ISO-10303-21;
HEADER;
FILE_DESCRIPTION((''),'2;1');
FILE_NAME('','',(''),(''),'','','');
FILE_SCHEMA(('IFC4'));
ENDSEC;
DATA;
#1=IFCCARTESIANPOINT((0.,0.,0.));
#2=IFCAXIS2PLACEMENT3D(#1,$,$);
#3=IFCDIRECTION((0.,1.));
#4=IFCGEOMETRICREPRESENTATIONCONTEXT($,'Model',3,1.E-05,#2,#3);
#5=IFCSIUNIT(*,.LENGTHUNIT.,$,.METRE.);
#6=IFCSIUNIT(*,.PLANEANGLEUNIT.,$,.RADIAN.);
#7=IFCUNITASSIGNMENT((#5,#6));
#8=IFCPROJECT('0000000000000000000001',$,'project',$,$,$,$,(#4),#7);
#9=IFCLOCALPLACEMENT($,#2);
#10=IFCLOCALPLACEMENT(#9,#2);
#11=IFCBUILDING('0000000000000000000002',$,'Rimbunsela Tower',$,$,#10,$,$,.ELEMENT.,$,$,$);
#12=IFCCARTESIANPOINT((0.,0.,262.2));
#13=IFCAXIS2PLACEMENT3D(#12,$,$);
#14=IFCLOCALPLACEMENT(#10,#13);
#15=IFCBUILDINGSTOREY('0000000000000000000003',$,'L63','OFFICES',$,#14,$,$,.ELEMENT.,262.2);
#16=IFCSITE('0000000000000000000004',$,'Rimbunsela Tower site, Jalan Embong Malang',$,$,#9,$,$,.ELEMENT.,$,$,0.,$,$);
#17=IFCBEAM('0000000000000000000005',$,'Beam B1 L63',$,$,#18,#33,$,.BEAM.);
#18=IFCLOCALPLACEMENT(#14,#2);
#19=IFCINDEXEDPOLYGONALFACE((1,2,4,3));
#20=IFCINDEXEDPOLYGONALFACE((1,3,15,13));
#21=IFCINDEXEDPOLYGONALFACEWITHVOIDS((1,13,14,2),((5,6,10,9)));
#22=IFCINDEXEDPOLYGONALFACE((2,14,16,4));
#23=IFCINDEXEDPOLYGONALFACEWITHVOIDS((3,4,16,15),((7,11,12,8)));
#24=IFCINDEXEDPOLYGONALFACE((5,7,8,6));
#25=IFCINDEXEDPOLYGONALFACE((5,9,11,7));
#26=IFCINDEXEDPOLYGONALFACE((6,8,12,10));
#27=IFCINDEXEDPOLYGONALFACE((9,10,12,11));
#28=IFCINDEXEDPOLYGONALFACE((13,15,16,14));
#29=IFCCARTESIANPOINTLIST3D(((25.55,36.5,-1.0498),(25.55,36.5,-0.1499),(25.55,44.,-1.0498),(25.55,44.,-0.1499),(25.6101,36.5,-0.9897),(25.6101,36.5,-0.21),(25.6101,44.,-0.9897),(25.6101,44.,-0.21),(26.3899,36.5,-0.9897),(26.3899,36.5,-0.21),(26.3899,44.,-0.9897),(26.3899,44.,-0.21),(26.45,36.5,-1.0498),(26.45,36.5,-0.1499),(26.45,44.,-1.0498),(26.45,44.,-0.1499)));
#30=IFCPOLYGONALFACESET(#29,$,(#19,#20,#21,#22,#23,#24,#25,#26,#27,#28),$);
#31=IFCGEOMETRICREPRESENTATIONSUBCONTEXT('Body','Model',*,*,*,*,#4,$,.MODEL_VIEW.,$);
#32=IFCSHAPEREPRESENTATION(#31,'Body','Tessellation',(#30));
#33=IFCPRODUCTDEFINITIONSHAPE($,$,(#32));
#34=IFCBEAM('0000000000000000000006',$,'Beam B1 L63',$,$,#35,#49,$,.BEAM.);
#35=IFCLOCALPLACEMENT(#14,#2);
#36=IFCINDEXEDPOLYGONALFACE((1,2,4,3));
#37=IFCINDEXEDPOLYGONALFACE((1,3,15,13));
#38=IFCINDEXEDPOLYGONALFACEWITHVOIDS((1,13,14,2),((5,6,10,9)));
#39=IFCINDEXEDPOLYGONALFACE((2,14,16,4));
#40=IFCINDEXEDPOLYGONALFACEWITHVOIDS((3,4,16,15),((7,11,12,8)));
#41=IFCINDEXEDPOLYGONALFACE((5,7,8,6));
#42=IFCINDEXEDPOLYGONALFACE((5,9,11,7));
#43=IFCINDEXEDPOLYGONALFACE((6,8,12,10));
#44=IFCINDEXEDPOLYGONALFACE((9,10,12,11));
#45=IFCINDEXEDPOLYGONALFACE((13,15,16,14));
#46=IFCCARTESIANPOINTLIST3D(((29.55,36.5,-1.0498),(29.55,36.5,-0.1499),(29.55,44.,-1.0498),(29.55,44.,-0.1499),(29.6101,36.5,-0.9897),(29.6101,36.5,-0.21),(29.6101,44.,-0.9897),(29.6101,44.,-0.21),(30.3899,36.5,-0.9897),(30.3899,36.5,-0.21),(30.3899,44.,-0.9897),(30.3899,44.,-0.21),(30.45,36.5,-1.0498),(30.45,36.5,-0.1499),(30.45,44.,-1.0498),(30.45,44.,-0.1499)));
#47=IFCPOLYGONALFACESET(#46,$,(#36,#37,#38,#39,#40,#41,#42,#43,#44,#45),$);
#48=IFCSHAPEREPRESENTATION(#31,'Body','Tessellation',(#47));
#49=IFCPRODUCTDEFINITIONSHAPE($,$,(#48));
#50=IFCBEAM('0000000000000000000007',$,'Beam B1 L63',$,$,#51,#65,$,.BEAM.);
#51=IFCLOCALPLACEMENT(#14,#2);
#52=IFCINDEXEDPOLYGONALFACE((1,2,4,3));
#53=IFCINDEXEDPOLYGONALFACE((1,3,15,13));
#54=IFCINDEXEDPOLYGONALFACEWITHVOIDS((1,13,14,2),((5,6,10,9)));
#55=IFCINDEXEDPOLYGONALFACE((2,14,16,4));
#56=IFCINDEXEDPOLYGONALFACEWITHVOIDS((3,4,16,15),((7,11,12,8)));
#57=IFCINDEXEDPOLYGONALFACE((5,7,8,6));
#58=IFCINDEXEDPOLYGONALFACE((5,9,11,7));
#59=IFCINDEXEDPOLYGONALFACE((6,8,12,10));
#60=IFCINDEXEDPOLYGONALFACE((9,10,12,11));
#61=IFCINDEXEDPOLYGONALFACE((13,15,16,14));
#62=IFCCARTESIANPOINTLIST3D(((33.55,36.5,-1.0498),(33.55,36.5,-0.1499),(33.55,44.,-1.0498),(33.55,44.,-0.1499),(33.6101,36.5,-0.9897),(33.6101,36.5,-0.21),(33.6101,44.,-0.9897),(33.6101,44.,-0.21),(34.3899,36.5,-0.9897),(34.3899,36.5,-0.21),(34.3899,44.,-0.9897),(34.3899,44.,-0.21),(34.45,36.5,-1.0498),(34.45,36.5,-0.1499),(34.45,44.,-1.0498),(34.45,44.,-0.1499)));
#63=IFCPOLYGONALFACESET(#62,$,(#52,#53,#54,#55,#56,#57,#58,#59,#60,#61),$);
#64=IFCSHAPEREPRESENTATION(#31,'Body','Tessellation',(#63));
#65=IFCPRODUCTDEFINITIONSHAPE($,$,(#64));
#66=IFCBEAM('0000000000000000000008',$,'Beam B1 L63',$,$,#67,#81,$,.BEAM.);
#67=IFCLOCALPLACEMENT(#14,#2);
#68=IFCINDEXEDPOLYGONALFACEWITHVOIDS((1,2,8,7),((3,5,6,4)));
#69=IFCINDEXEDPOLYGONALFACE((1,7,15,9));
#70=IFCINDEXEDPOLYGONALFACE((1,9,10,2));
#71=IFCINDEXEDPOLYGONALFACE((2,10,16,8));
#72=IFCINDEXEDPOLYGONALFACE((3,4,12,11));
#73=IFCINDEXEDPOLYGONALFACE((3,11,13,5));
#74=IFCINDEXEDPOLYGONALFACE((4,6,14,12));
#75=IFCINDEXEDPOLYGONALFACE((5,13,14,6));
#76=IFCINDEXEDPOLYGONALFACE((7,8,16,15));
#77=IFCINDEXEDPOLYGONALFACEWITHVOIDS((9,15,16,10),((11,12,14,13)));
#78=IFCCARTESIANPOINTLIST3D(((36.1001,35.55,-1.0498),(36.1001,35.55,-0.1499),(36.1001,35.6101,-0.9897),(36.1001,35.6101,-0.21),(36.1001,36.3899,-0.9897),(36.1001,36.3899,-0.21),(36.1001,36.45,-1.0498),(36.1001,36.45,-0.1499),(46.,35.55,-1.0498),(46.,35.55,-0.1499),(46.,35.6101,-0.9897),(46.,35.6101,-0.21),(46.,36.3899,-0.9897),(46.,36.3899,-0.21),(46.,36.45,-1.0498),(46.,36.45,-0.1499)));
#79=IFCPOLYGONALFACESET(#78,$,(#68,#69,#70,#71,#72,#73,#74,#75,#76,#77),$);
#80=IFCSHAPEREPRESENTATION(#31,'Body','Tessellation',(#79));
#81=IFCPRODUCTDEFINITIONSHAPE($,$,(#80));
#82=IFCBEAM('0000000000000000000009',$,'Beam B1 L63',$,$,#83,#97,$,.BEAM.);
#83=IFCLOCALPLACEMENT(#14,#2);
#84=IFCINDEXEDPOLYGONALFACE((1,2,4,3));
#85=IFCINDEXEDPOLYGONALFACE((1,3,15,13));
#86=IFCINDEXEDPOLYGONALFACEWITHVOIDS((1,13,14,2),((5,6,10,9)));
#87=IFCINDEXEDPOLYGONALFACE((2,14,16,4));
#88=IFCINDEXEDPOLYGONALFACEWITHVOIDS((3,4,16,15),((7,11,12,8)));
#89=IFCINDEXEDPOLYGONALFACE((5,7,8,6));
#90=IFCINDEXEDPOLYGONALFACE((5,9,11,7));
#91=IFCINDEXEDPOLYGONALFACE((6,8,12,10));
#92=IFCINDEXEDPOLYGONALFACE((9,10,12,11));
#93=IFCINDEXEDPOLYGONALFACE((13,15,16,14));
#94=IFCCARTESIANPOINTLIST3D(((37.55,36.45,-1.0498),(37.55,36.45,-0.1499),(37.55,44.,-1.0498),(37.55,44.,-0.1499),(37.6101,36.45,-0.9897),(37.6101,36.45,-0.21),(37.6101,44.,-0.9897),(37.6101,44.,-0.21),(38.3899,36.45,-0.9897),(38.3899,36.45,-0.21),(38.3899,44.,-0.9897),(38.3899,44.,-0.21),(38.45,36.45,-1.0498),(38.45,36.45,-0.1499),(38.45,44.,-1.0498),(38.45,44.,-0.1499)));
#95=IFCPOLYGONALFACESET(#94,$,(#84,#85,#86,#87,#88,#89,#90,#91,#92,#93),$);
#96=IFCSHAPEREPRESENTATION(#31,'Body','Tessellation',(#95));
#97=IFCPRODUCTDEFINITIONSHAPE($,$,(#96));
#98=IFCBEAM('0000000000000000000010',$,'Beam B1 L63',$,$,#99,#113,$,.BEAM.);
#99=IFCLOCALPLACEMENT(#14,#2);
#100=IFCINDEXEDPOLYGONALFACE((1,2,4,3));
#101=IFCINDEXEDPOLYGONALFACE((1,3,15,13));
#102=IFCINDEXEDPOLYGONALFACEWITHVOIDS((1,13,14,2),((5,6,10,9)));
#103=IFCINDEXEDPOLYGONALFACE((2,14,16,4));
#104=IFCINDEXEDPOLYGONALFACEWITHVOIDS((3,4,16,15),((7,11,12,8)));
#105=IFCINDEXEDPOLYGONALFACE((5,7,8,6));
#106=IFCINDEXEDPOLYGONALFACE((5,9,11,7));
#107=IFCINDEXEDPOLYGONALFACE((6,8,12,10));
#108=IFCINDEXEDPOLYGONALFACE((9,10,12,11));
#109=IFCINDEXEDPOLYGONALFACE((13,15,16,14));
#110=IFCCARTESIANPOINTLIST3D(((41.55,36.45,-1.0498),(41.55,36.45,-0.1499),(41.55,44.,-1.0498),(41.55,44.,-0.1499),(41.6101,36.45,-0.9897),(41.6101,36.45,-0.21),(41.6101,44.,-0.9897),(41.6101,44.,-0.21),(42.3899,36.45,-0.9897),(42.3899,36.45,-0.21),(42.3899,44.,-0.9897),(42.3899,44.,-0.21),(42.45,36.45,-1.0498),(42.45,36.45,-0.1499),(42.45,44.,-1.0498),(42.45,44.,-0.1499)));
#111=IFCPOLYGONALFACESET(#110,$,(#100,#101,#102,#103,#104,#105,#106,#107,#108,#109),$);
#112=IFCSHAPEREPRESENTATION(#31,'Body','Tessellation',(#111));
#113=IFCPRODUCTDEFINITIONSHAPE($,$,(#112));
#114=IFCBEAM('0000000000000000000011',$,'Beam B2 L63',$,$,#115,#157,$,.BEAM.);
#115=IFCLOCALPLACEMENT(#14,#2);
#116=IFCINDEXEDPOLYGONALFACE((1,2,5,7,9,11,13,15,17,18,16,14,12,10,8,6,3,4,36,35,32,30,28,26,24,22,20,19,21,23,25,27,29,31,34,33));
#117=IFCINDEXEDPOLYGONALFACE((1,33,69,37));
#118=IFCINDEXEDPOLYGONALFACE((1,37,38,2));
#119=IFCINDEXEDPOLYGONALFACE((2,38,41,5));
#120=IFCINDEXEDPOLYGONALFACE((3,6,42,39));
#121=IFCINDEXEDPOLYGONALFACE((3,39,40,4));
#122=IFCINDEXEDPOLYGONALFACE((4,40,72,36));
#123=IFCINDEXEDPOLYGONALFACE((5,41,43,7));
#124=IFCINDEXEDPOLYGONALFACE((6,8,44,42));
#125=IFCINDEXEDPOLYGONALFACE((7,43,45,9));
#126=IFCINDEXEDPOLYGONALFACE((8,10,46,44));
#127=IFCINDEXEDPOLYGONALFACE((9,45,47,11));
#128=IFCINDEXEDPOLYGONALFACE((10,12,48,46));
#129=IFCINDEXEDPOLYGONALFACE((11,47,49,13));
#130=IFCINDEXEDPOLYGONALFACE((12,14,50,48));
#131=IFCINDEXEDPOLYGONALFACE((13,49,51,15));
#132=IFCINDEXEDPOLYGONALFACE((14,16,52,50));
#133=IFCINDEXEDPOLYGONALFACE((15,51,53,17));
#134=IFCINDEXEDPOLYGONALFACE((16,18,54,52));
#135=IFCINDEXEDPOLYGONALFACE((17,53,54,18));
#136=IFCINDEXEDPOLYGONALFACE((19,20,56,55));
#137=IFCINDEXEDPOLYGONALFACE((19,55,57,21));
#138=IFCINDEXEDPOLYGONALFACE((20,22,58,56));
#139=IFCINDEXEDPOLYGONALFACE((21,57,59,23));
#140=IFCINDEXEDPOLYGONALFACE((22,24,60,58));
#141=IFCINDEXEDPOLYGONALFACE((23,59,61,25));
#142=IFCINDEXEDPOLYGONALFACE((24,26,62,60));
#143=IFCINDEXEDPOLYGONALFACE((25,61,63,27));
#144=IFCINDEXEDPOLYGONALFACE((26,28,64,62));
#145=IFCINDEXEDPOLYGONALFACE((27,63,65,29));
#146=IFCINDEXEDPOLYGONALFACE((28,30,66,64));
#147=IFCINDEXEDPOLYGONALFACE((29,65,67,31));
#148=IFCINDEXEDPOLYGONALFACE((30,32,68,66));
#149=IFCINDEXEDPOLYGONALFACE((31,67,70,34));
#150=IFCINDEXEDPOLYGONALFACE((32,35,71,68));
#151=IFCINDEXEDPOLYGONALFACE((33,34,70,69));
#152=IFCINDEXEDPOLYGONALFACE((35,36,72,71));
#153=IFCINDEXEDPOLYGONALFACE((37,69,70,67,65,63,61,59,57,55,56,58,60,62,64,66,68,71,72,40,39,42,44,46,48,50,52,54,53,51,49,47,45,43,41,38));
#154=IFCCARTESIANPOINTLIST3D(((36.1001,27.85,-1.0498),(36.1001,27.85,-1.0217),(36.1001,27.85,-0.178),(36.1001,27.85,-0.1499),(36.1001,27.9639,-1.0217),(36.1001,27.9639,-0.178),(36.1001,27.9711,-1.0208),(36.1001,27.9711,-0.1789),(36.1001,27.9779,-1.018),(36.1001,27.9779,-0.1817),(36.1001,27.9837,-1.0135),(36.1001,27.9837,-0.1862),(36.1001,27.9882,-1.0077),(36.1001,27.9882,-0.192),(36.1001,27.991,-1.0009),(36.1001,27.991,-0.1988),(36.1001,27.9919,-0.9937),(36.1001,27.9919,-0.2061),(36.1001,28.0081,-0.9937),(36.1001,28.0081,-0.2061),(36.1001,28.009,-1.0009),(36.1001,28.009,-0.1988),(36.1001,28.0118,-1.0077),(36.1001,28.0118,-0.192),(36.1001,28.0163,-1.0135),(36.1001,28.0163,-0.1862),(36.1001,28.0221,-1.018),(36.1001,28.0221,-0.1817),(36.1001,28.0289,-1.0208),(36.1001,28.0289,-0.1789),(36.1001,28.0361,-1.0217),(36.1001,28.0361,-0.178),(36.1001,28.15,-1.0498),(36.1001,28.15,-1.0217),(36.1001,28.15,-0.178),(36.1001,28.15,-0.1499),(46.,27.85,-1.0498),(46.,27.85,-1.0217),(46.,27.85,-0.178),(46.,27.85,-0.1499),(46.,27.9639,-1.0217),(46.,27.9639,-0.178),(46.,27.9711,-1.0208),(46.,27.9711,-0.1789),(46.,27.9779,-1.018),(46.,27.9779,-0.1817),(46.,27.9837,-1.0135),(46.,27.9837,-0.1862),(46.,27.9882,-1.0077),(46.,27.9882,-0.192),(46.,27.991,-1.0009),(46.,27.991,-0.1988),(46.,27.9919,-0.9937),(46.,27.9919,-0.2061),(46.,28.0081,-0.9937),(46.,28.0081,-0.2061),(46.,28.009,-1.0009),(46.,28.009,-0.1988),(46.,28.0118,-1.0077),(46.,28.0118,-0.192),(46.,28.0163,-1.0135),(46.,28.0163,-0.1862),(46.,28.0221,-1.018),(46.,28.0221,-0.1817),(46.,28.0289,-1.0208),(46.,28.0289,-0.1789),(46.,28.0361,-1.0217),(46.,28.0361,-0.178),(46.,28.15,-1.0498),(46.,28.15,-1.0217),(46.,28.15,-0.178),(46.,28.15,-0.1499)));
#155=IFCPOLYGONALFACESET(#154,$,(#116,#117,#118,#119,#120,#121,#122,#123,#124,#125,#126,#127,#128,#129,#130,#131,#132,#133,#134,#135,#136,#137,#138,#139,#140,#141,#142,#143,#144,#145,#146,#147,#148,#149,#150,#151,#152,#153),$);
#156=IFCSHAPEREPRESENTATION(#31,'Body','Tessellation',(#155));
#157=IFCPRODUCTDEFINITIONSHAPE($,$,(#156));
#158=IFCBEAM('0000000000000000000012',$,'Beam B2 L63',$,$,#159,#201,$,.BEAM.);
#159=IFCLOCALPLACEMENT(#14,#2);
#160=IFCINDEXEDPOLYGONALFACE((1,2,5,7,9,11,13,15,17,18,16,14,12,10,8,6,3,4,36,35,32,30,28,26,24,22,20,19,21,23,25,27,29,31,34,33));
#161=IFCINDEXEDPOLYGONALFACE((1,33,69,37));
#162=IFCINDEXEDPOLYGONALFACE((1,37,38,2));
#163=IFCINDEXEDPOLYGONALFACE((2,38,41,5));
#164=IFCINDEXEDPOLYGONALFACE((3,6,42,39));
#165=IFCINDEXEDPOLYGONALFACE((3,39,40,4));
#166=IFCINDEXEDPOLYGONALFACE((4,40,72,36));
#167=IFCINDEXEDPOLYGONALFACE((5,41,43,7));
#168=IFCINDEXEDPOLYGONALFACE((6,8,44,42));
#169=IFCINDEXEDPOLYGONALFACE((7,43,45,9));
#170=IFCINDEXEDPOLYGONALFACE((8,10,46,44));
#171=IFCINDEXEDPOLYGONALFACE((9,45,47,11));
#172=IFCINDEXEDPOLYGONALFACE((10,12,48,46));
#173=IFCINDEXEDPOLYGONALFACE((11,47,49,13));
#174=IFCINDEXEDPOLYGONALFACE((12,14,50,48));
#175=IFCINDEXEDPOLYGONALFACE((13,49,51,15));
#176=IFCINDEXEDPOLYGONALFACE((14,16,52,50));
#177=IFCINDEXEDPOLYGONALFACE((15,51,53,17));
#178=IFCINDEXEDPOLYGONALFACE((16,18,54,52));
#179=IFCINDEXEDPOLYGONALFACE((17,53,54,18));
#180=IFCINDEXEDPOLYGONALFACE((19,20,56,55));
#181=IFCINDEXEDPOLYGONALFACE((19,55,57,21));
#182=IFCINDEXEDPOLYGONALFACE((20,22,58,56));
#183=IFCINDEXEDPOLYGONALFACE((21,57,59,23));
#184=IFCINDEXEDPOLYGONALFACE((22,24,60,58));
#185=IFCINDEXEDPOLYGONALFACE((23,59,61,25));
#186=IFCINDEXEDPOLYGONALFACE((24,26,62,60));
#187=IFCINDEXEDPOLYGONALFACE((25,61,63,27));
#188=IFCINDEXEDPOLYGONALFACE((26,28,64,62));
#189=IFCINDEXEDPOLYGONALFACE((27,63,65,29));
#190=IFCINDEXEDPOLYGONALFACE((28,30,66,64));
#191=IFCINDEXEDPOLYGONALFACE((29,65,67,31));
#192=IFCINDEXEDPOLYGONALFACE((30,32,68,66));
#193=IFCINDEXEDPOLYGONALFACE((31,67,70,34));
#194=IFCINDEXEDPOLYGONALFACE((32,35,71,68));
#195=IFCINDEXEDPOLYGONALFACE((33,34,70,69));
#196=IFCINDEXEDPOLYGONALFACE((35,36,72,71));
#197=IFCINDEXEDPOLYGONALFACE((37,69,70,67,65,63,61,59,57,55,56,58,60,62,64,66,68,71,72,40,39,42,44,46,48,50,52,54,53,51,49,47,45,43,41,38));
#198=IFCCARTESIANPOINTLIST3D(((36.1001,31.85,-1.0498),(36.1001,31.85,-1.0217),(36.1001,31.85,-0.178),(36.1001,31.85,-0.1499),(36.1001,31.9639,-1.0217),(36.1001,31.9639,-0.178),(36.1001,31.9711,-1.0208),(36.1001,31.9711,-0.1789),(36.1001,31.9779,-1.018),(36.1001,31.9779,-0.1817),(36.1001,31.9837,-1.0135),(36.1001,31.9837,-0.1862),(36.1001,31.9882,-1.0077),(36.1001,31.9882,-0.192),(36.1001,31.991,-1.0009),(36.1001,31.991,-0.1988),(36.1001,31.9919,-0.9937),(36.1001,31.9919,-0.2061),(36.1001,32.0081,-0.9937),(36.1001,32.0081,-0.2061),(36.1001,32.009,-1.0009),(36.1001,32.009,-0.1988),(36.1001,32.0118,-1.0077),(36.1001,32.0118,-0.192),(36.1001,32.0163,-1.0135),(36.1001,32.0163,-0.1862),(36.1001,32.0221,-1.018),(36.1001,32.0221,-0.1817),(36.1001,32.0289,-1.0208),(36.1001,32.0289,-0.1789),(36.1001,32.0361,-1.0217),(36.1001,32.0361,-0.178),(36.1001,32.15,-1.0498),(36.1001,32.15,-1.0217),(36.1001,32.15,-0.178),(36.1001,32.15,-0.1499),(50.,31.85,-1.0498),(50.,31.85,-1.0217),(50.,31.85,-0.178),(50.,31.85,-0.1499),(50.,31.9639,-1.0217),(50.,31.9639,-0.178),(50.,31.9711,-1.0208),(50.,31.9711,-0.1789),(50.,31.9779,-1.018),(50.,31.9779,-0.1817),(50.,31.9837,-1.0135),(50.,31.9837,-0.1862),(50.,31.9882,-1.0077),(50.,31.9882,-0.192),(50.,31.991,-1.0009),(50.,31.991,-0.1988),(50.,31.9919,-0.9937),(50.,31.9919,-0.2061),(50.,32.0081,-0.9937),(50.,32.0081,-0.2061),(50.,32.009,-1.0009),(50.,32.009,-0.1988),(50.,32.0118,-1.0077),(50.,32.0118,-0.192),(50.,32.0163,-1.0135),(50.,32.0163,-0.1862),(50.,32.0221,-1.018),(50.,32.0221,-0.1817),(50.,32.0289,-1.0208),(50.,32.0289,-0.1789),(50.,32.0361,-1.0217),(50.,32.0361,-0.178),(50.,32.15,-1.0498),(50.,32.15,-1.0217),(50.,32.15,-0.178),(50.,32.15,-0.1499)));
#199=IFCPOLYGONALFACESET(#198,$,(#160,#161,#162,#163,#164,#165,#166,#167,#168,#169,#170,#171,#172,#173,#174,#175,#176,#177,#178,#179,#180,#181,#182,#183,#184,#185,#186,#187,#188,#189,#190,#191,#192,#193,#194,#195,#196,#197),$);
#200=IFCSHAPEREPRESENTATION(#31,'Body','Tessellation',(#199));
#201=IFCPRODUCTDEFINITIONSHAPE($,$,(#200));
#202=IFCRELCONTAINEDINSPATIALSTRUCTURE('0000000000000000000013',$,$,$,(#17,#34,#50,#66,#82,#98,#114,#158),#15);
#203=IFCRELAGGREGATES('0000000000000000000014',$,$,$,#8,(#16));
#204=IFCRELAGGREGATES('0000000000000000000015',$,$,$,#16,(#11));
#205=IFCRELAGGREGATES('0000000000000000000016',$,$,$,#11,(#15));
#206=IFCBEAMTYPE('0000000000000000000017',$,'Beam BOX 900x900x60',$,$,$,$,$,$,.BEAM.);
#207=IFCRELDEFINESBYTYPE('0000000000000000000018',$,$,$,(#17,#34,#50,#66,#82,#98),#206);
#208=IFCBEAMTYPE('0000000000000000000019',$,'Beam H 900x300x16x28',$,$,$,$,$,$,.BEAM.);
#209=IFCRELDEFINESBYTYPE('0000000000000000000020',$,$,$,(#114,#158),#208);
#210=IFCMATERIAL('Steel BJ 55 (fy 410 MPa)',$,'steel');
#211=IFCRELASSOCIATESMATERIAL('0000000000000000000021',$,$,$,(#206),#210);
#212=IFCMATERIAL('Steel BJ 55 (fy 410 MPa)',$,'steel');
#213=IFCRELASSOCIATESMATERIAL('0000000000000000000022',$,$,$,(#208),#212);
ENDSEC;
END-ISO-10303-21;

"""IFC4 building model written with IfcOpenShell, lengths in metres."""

from ifc_helpers import new_model, si_unit, direction, frame, origin, origin_2d, place, context, subcontext, project, spatial, hollow_rectangle, i_section, extrude, material, material_profile, profile_set, type_object, element, save


model = new_model("IFC4")

# Units and contexts
model_context = context("Model", 3, precision=1e-05, world=origin(), true_north=direction((0.0, 1.0)))
body_context = subcontext(model_context, "Body", "Model", "MODEL_VIEW")
ifc_project = project(units=[si_unit("LENGTHUNIT", "METRE"), si_unit("PLANEANGLEUNIT", "RADIAN")], contexts=[model_context])

# Site, building, storey
site_placement = place(None, origin())
site = spatial("IfcSite", under=ifc_project, at=site_placement, Name="Rimbunsela Tower site, Jalan Embong Malang", CompositionType="ELEMENT", RefElevation=0.0)
building_placement = place(site_placement, origin())
building = spatial("IfcBuilding", under=site, at=building_placement, Name="Rimbunsela Tower", CompositionType="ELEMENT")
storey_placement = place(building_placement, frame((0.0, 0.0, 262.2)))
storey = spatial("IfcBuildingStorey", under=building, at=storey_placement, Name="L63", Description="OFFICES", CompositionType="ELEMENT", Elevation=262.2)

# Beams
ifc_material_1 = material(Name="Steel BJ 55 (fy 410 MPa)", Category="steel")
ifc_material_profile_1 = material_profile(ifc_material_1, hollow_rectangle(XDim=0.8999, YDim=0.8999, WallThickness=0.0601, at=origin_2d()), Name="BOX 900x900x60")
ifc_profile_set_1 = profile_set([ifc_material_profile_1], Name="Steel BJ 55 (fy 410 MPa)")
beam_type_1 = type_object("IfcBeamType", Name="Beam BOX 900x900x60", PredefinedType="BEAM", material=ifc_profile_set_1)
for number, where, z_axis, x_axis, name in (
    (1, (26.0, 36.5, -0.5999), (0.0, 1.0, 0.0), (-1.0, 0.0, 0.0), "Beam B1 L63"),
    (2, (30.0, 36.5, -0.5999), (0.0, 1.0, 0.0), (-1.0, 0.0, 0.0), "Beam B1 L63"),
    (3, (34.0, 36.5, -0.5999), (0.0, 1.0, 0.0), (-1.0, 0.0, 0.0), "Beam B1 L63"),
):
    element("IfcBeam", number, at=place(storey_placement, frame(where, z_axis=z_axis, x_axis=x_axis)), inside=storey, type_object=beam_type_1, Name=name, PredefinedType="BEAM", context=body_context, shape_type="SweptSolid", body=[
        extrude(hollow_rectangle(XDim=0.8999, YDim=0.8999, WallThickness=0.0601, at=origin_2d()), origin(), (0.0, 0.0, 1.0), 7.5),
    ])
beam_1_placement = place(storey_placement, frame((36.1001, 36.0, -0.5999), z_axis=(1.0, 0.0, 0.0), x_axis=(0.0, 1.0, 0.0)))
element("IfcBeam", 4, at=beam_1_placement, inside=storey, type_object=beam_type_1, Name="Beam B1 L63", PredefinedType="BEAM", context=body_context, shape_type="SweptSolid", body=[
    extrude(hollow_rectangle(XDim=0.8999, YDim=0.8999, WallThickness=0.0601, at=origin_2d()), origin(), (0.0, 0.0, 1.0), 9.8999),
])
for number, where, z_axis, x_axis, name in (
    (5, (38.0, 36.45, -0.5999), (0.0, 1.0, 0.0), (-1.0, 0.0, 0.0), "Beam B1 L63"),
    (6, (42.0, 36.45, -0.5999), (0.0, 1.0, 0.0), (-1.0, 0.0, 0.0), "Beam B1 L63"),
):
    element("IfcBeam", number, at=place(storey_placement, frame(where, z_axis=z_axis, x_axis=x_axis)), inside=storey, type_object=beam_type_1, Name=name, PredefinedType="BEAM", context=body_context, shape_type="SweptSolid", body=[
        extrude(hollow_rectangle(XDim=0.8999, YDim=0.8999, WallThickness=0.0601, at=origin_2d()), origin(), (0.0, 0.0, 1.0), 7.55),
    ])
ifc_material_2 = material(Name="Steel BJ 55 (fy 410 MPa)", Category="steel")
ifc_material_profile_2 = material_profile(ifc_material_2, i_section(OverallWidth=0.3, OverallDepth=0.8999, WebThickness=0.0161, FlangeThickness=0.0281, FilletRadius=0.0281, at=origin_2d()), Name="H 900x300x16x28")
ifc_profile_set_2 = profile_set([ifc_material_profile_2], Name="Steel BJ 55 (fy 410 MPa)")
beam_type_2 = type_object("IfcBeamType", Name="Beam H 900x300x16x28", PredefinedType="BEAM", material=ifc_profile_set_2)
beam_2_placement = place(storey_placement, frame((36.1001, 28.0, -0.5999), z_axis=(1.0, 0.0, 0.0), x_axis=(0.0, 1.0, 0.0)))
element("IfcBeam", 7, at=beam_2_placement, inside=storey, type_object=beam_type_2, Name="Beam B2 L63", PredefinedType="BEAM", context=body_context, shape_type="SweptSolid", body=[
    extrude(i_section(OverallWidth=0.3, OverallDepth=0.8999, WebThickness=0.0161, FlangeThickness=0.0281, FilletRadius=0.0281, at=origin_2d()), origin(), (0.0, 0.0, 1.0), 9.8999),
])
beam_3_placement = place(storey_placement, frame((36.1001, 32.0, -0.5999), z_axis=(1.0, 0.0, 0.0), x_axis=(0.0, 1.0, 0.0)))
element("IfcBeam", 8, at=beam_3_placement, inside=storey, type_object=beam_type_2, Name="Beam B2 L63", PredefinedType="BEAM", context=body_context, shape_type="SweptSolid", body=[
    extrude(i_section(OverallWidth=0.3, OverallDepth=0.8999, WebThickness=0.0161, FlangeThickness=0.0281, FilletRadius=0.0281, at=origin_2d()), origin(), (0.0, 0.0, 1.0), 13.8999),
])

save(model, "model.ifc")
